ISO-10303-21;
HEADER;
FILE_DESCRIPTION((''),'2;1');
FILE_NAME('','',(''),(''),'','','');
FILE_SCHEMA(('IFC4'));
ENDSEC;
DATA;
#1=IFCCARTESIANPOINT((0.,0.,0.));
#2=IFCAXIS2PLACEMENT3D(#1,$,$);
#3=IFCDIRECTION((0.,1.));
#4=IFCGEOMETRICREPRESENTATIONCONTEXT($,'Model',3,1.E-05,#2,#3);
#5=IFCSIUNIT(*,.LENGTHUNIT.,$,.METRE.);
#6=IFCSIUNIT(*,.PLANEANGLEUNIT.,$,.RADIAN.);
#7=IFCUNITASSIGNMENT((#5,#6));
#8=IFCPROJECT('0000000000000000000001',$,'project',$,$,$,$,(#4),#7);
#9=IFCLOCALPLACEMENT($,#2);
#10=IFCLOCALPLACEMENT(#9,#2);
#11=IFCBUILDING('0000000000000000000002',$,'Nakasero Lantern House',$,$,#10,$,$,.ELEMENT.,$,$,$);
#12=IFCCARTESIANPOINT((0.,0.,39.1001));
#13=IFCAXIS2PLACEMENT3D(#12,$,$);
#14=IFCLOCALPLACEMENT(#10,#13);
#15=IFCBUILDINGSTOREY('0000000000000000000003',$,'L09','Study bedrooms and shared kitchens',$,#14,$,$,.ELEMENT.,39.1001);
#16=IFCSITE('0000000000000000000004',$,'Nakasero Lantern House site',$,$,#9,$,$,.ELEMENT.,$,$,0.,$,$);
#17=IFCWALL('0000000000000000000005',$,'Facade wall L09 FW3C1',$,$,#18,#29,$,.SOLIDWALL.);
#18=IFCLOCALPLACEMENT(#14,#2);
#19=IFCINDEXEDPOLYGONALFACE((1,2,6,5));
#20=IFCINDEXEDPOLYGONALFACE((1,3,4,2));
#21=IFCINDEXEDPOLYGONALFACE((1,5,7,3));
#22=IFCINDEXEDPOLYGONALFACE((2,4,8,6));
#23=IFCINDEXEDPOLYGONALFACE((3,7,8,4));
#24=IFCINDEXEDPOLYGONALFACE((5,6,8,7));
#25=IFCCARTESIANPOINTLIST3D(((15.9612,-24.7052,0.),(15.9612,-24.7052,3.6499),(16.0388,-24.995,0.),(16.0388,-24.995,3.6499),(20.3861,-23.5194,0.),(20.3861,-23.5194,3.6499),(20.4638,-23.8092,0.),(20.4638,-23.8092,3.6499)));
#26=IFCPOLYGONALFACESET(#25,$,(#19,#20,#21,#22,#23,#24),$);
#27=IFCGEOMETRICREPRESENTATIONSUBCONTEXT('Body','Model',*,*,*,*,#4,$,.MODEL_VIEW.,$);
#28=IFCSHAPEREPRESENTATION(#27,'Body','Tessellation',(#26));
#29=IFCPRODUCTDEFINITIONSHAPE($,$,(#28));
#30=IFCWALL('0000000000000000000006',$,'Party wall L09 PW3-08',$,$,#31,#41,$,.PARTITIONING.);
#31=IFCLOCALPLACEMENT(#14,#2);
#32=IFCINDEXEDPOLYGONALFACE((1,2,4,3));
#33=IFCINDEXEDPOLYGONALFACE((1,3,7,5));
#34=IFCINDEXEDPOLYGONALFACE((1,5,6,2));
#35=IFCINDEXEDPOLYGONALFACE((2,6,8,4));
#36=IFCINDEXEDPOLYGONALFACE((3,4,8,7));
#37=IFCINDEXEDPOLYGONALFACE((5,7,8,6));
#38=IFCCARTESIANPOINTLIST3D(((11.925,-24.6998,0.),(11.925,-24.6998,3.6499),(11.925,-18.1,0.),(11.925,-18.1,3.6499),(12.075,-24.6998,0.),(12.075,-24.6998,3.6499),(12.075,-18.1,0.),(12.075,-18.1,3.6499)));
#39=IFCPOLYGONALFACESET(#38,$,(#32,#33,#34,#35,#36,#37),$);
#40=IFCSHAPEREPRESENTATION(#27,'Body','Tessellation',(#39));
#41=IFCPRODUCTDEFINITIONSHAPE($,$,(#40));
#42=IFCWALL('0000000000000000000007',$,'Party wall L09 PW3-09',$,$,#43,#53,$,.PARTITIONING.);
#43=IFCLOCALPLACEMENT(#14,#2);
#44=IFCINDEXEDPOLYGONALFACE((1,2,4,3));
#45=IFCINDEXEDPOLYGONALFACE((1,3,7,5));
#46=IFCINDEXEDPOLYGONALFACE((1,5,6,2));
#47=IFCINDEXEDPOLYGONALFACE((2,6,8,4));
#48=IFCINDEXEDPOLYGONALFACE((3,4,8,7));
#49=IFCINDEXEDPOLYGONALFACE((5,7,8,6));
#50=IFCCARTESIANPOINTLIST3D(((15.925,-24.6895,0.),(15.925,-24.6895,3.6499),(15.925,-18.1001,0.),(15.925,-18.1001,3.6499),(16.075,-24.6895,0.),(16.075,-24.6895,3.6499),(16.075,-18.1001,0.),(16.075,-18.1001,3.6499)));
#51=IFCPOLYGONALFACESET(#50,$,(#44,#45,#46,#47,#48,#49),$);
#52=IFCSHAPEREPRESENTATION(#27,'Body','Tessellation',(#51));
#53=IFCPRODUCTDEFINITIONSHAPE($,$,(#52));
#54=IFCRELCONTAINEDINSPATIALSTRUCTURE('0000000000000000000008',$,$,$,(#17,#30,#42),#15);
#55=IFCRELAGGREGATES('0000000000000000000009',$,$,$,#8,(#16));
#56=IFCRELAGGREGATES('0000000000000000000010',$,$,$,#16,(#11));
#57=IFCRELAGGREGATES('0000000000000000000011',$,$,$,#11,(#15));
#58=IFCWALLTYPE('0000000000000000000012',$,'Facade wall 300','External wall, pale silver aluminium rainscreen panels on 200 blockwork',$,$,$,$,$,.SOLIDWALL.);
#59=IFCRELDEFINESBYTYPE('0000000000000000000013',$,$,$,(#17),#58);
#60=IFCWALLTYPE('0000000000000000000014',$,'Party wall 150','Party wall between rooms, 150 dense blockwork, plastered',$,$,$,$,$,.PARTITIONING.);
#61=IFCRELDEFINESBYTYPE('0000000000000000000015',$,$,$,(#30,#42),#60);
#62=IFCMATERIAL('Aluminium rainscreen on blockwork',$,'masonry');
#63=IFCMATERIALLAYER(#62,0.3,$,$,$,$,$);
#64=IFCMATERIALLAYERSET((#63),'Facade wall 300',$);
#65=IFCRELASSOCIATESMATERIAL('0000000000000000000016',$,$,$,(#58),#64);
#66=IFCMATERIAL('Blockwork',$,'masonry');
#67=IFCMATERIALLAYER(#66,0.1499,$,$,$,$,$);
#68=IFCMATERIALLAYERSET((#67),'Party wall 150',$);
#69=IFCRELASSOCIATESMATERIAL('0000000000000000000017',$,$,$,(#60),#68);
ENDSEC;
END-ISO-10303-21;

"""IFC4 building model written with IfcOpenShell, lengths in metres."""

from ifc_helpers import new_model, si_unit, direction, frame, frame_2d, origin, place, context, subcontext, project, spatial, rectangle, extrude, material, layer, layer_set, type_object, element, save


model = new_model("IFC4")

# Units and contexts
model_context = context("Model", 3, precision=1e-05, world=origin(), true_north=direction((0.0, 1.0)))
body_context = subcontext(model_context, "Body", "Model", "MODEL_VIEW")
ifc_project = project(units=[si_unit("LENGTHUNIT", "METRE"), si_unit("PLANEANGLEUNIT", "RADIAN")], contexts=[model_context])

# Site, building, storey
site_placement = place(None, origin())
site = spatial("IfcSite", under=ifc_project, at=site_placement, Name="Nakasero Lantern House site", CompositionType="ELEMENT", RefElevation=0.0)
building_placement = place(site_placement, origin())
building = spatial("IfcBuilding", under=site, at=building_placement, Name="Nakasero Lantern House", CompositionType="ELEMENT")
storey_placement = place(building_placement, frame((0.0, 0.0, 39.1001)))
storey = spatial("IfcBuildingStorey", under=building, at=storey_placement, Name="L09", Description="Study bedrooms and shared kitchens", CompositionType="ELEMENT", Elevation=39.1001)

# Walls
ifc_material_1 = material(Name="Aluminium rainscreen on blockwork", Category="masonry")
ifc_layer_1 = layer(ifc_material_1, 0.3)
ifc_layer_set_1 = layer_set([ifc_layer_1], Name="Facade wall 300")
wall_type_1 = type_object("IfcWallType", Name="Facade wall 300", Description="External wall, pale silver aluminium rainscreen panels on 200 blockwork", PredefinedType="SOLIDWALL", material=ifc_layer_set_1)
wall_1_placement = place(storey_placement, frame((16.0, -24.8501, 0.0), z_axis=(0.0, 0.0, 1.0), x_axis=(0.96592, 0.25884, 0.0)))
element("IfcWall", 1, at=wall_1_placement, inside=storey, type_object=wall_type_1, Name="Facade wall L09 FW3C1", PredefinedType="SOLIDWALL", context=body_context, shape_type="SweptSolid", body=[
    extrude(rectangle(XDim=4.5811, YDim=0.3, at=frame_2d((2.2905, 0.0))), origin(), (0.0, 0.0, 1.0), 3.6499),
])
ifc_material_2 = material(Name="Blockwork", Category="masonry")
ifc_layer_2 = layer(ifc_material_2, 0.1499)
ifc_layer_set_2 = layer_set([ifc_layer_2], Name="Party wall 150")
wall_type_2 = type_object("IfcWallType", Name="Party wall 150", Description="Party wall between rooms, 150 dense blockwork, plastered", PredefinedType="PARTITIONING", material=ifc_layer_set_2)
wall_2_placement = place(storey_placement, frame((12.0, -18.1001, 0.0), z_axis=(0.0, 0.0, 1.0), x_axis=(0.0, -1.0, 0.0)))
element("IfcWall", 2, at=wall_2_placement, inside=storey, type_object=wall_type_2, Name="Party wall L09 PW3-08", PredefinedType="PARTITIONING", context=body_context, shape_type="SweptSolid", body=[
    extrude(rectangle(XDim=6.5999, YDim=0.1499, at=frame_2d((3.2998, 0.0))), origin(), (0.0, 0.0, 1.0), 3.6499),
])
wall_3_placement = place(storey_placement, frame((16.0, -18.1001, 0.0), z_axis=(0.0, 0.0, 1.0), x_axis=(0.0, -1.0, 0.0)))
element("IfcWall", 3, at=wall_3_placement, inside=storey, type_object=wall_type_2, Name="Party wall L09 PW3-09", PredefinedType="PARTITIONING", context=body_context, shape_type="SweptSolid", body=[
    extrude(rectangle(XDim=6.5894, YDim=0.1499, at=frame_2d((3.2947, 0.0))), origin(), (0.0, 0.0, 1.0), 3.6499),
])

save(model, "model.ifc")
